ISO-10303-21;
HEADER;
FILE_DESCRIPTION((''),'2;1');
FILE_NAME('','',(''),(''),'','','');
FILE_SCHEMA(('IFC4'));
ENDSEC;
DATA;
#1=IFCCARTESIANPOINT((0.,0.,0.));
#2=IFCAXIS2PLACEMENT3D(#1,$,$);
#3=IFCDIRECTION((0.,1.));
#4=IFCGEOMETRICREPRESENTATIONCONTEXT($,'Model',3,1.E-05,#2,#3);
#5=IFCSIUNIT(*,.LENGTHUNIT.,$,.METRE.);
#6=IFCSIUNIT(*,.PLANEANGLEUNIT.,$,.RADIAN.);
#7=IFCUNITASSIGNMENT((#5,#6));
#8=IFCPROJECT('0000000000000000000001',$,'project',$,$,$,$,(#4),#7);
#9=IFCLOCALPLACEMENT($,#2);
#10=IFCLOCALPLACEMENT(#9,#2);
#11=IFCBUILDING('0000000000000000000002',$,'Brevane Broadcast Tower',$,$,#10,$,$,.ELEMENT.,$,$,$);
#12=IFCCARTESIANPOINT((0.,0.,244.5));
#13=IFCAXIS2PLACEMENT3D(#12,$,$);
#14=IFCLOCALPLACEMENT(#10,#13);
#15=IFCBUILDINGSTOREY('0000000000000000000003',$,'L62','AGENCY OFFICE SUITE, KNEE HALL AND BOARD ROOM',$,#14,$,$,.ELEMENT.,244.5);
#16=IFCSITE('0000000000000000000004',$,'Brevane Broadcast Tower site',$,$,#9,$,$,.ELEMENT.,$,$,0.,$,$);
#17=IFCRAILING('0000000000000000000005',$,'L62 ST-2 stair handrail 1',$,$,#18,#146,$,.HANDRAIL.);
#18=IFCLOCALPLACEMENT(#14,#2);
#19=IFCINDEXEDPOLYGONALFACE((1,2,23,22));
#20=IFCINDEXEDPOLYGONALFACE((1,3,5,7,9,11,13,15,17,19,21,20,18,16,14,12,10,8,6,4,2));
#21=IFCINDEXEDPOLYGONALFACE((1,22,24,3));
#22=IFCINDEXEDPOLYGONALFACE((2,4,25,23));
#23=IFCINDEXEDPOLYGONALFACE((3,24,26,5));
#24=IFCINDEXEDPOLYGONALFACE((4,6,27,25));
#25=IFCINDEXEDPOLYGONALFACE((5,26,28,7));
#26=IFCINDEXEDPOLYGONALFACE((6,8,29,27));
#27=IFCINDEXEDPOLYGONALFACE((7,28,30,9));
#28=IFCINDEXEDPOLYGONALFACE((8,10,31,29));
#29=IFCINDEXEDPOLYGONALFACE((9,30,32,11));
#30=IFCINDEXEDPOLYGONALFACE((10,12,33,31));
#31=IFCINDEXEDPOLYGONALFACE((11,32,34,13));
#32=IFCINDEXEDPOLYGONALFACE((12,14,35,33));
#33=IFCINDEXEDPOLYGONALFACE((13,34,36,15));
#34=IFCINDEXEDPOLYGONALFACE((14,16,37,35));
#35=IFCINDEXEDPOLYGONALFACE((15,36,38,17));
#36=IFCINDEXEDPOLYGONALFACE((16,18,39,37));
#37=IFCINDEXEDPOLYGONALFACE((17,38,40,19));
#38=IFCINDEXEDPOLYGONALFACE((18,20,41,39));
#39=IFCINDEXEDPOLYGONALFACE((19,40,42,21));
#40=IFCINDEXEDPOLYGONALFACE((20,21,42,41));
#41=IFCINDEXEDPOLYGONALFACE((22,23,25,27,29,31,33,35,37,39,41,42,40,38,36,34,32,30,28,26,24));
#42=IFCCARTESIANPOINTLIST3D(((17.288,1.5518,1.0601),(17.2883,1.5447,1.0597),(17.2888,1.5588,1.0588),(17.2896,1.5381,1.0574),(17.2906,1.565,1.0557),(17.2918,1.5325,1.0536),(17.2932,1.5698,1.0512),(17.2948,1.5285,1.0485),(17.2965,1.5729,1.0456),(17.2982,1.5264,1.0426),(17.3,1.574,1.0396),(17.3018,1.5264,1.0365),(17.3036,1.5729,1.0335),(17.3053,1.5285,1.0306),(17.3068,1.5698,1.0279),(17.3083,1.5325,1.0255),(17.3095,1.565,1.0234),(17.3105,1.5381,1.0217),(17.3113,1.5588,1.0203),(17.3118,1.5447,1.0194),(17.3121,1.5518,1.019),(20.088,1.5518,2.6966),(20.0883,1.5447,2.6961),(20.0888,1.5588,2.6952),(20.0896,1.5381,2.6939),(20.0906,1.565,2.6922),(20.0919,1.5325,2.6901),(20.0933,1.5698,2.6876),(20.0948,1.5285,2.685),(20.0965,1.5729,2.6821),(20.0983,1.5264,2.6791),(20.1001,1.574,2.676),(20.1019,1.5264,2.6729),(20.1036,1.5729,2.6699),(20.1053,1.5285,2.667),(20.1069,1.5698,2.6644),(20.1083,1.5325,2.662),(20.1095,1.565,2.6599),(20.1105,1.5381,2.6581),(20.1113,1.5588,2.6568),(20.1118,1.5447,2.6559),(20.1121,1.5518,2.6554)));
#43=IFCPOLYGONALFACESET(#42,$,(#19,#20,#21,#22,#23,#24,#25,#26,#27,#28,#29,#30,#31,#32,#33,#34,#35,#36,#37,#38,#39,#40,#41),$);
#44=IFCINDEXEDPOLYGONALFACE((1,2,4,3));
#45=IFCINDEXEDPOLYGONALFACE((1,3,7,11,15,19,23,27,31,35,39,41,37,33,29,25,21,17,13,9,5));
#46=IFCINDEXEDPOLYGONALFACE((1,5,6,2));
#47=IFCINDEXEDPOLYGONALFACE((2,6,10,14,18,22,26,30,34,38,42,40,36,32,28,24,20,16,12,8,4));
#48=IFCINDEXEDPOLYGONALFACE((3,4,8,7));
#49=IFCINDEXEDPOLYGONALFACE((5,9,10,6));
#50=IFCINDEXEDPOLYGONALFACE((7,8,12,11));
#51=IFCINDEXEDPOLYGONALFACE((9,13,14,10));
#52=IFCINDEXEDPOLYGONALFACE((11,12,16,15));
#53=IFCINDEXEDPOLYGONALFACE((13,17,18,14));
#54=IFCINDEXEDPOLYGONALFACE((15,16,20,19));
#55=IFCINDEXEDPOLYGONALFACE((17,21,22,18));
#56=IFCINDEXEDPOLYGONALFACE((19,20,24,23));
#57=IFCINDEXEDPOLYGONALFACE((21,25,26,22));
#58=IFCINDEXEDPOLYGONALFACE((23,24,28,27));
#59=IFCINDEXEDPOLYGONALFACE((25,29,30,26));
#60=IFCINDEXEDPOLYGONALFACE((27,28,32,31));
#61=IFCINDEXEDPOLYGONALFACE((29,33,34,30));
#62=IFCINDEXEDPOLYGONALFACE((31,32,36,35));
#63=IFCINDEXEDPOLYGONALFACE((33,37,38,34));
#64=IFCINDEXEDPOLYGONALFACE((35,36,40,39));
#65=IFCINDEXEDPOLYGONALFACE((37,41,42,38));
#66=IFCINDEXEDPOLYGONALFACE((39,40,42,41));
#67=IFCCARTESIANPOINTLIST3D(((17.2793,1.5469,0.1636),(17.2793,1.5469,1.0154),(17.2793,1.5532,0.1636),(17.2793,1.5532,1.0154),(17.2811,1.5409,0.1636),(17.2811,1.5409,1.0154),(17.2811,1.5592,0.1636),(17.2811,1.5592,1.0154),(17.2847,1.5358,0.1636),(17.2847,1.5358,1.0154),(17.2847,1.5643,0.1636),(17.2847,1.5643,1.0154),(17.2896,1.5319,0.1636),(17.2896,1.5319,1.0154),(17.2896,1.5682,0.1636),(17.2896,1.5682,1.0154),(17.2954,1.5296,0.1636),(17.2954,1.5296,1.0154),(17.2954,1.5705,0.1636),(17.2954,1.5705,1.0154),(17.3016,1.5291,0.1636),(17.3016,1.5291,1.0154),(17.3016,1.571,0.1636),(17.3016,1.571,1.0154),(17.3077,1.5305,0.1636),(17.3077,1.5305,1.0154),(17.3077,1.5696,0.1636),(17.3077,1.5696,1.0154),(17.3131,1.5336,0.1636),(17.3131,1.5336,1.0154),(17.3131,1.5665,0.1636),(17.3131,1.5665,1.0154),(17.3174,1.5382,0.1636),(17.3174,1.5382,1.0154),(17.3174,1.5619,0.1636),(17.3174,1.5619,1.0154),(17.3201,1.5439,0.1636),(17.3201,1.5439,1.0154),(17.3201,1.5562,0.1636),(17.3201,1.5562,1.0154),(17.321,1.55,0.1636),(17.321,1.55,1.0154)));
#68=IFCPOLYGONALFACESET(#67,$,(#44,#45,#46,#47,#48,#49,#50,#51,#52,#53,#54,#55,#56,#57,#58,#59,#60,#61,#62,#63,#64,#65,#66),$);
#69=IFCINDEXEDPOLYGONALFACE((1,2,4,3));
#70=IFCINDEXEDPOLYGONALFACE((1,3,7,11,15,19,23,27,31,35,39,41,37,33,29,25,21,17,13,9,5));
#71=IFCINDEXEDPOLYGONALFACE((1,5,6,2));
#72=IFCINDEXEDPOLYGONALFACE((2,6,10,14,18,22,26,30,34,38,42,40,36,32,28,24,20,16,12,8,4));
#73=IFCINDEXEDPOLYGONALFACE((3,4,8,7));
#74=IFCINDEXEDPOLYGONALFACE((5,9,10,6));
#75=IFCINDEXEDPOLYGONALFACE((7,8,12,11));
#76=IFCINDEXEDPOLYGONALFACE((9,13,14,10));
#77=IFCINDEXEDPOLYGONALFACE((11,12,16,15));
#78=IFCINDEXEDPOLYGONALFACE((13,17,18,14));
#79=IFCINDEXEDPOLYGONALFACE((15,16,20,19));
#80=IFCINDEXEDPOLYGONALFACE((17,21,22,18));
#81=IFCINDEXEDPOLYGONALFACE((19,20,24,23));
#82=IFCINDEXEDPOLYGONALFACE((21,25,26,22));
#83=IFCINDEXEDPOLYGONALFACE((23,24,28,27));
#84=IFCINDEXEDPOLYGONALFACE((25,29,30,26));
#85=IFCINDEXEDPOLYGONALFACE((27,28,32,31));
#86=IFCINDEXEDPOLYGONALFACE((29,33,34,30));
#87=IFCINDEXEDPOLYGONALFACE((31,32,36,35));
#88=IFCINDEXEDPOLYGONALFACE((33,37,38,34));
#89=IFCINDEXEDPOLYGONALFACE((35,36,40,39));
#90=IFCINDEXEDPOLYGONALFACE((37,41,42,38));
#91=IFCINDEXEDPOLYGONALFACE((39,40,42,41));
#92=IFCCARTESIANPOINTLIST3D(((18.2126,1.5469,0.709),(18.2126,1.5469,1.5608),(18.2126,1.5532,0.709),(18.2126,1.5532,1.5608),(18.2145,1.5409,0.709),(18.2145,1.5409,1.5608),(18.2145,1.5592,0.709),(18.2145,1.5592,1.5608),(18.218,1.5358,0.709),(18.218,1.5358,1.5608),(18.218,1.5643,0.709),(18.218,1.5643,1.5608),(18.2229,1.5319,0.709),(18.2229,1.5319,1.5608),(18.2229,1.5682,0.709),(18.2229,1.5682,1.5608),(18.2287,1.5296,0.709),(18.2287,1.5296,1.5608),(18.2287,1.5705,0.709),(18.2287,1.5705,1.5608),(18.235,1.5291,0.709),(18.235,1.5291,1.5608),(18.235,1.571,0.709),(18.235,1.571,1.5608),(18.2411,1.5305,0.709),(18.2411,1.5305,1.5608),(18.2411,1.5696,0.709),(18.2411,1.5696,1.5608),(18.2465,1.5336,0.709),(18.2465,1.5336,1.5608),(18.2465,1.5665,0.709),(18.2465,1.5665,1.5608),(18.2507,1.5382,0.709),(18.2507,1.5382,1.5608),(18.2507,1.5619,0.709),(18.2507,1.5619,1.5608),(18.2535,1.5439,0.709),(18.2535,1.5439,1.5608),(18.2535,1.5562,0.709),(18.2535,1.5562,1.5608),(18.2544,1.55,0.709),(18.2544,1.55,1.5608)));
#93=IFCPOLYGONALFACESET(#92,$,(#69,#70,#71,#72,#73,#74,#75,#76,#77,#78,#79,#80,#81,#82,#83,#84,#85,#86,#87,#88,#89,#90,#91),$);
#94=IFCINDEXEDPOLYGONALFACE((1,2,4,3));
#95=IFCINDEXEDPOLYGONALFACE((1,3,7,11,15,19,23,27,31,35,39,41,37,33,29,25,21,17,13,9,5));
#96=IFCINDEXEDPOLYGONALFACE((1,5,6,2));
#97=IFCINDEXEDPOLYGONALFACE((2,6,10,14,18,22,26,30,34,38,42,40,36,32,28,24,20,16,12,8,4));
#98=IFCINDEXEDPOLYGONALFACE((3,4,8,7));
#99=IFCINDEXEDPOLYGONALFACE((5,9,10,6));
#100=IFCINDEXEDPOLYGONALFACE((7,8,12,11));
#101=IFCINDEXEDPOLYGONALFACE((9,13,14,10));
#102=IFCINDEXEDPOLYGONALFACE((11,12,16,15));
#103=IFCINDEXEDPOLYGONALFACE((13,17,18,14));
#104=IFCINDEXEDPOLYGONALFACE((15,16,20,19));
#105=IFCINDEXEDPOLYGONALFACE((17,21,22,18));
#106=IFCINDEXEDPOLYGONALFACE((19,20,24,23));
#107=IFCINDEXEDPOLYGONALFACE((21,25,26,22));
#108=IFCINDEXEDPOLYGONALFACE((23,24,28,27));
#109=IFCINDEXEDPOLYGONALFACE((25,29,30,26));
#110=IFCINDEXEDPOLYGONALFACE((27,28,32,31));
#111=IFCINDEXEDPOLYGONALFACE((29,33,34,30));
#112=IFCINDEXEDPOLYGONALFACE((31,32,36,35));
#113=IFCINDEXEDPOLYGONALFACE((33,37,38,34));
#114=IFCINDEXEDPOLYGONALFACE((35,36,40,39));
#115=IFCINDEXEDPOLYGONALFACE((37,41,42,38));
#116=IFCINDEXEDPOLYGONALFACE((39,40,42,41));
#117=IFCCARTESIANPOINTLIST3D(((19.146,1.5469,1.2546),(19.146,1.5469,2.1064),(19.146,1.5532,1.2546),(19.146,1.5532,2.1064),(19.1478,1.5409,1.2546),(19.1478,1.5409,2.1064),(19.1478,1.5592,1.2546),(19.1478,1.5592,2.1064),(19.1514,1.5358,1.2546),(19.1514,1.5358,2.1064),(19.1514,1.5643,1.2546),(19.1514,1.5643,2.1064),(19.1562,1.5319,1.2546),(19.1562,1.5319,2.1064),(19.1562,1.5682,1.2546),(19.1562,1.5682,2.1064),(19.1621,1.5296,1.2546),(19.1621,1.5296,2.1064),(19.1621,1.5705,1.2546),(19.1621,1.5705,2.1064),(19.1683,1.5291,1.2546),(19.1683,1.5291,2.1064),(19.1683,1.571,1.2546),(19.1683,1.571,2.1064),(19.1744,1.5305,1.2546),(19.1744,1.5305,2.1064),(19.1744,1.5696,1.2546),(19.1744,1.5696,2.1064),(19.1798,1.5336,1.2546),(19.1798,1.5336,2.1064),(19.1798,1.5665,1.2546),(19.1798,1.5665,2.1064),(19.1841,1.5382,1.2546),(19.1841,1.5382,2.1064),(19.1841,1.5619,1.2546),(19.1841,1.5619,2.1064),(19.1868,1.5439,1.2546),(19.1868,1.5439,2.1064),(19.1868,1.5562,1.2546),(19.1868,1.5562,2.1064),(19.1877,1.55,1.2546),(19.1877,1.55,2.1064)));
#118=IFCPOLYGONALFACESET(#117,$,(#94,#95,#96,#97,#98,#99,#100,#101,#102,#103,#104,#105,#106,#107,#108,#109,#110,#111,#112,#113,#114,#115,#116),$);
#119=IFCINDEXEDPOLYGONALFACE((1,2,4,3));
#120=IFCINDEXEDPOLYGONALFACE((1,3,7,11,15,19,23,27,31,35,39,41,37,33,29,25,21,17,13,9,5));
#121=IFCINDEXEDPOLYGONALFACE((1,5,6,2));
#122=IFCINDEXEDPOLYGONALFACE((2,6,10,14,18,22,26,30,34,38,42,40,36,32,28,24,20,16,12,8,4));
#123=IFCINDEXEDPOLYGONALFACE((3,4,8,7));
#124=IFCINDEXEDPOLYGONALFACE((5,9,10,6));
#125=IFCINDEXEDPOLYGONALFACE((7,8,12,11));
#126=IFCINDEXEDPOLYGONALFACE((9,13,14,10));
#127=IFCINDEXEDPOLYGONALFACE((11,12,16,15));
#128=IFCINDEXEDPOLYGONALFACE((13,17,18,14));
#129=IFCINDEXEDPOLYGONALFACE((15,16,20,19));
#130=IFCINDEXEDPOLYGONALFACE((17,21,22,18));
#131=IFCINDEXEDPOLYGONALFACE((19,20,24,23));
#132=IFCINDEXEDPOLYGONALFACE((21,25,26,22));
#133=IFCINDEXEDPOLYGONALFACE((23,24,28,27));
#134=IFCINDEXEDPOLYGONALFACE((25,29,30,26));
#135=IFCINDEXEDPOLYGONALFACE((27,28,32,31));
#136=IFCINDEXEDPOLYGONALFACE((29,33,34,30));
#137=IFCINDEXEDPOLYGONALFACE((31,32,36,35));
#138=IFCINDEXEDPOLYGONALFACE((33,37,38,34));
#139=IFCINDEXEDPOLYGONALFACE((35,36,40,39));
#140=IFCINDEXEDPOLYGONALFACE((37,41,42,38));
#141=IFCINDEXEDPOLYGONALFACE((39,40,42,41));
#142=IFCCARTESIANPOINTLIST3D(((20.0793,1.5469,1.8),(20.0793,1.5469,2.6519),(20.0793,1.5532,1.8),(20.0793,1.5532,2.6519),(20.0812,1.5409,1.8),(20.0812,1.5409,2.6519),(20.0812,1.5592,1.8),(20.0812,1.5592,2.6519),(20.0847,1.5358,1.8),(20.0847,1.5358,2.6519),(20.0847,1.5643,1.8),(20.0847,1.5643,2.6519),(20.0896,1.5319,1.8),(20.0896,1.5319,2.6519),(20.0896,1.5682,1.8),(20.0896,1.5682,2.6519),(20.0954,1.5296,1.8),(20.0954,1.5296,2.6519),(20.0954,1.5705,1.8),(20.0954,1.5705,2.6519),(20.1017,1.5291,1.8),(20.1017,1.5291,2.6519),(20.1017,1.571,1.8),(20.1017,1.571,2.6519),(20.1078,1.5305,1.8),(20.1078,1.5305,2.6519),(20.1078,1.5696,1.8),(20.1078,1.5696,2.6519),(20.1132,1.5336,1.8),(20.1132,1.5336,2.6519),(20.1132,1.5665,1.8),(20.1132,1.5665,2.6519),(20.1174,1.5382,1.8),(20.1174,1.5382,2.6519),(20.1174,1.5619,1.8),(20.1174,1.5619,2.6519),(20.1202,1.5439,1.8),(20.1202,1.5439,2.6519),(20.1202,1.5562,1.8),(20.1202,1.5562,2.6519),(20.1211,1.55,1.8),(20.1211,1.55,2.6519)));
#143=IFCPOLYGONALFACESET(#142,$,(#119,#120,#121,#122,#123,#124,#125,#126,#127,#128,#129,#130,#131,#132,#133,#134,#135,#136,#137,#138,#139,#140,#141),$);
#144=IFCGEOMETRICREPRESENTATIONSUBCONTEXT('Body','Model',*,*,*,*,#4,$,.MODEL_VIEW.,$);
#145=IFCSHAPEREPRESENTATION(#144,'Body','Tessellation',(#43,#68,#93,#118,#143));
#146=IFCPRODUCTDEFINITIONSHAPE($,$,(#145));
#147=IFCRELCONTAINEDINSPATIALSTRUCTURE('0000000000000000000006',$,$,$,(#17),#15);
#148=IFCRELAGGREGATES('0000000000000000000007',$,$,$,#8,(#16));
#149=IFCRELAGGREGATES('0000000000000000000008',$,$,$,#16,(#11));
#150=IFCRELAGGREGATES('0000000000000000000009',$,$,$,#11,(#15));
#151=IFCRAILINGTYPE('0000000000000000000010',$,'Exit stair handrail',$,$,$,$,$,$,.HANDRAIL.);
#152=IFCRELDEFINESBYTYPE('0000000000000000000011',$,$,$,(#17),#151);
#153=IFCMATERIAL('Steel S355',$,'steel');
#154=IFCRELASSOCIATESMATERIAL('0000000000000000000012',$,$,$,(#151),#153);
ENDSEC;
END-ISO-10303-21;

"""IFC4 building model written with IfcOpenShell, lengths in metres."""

from ifc_helpers import new_model, si_unit, direction, frame, origin, origin_2d, place, context, subcontext, project, spatial, circle, extrude, material, type_object, element, save


model = new_model("IFC4")

# Units and contexts
model_context = context("Model", 3, precision=1e-05, world=origin(), true_north=direction((0.0, 1.0)))
body_context = subcontext(model_context, "Body", "Model", "MODEL_VIEW")
ifc_project = project(units=[si_unit("LENGTHUNIT", "METRE"), si_unit("PLANEANGLEUNIT", "RADIAN")], contexts=[model_context])

# Site, building, storey
site_placement = place(None, origin())
site = spatial("IfcSite", under=ifc_project, at=site_placement, Name="Brevane Broadcast Tower site", CompositionType="ELEMENT", RefElevation=0.0)
building_placement = place(site_placement, origin())
building = spatial("IfcBuilding", under=site, at=building_placement, Name="Brevane Broadcast Tower", CompositionType="ELEMENT")
storey_placement = place(building_placement, frame((0.0, 0.0, 244.5)))
storey = spatial("IfcBuildingStorey", under=building, at=storey_placement, Name="L62", Description="AGENCY OFFICE SUITE, KNEE HALL AND BOARD ROOM", CompositionType="ELEMENT", Elevation=244.5)

# Railing
ifc_material_1 = material(Name="Steel S355", Category="steel")
railing_type_1 = type_object("IfcRailingType", Name="Exit stair handrail", PredefinedType="HANDRAIL", material=ifc_material_1)
railing_1_placement = place(storey_placement, frame((17.3, 1.55, 0.1636)))
element("IfcRailing", 1, at=railing_1_placement, inside=storey, type_object=railing_type_1, Name="L62 ST-2 stair handrail 1", PredefinedType="HANDRAIL", context=body_context, shape_type="SweptSolid", body=[
    extrude(circle(Radius=0.0239, at=origin_2d()), frame((0.0, 0.0, 0.876), z_axis=(0.863361, 0.0, 0.504587), x_axis=(0.0, 1.0, 0.0)), (0.0, 0.0, 1.0), 3.2432),
    extrude(circle(Radius=0.021, at=origin_2d()), origin(), (0.0, 0.0, 1.0), 0.8518),
    extrude(circle(Radius=0.021, at=origin_2d()), frame((0.9333, 0.0, 0.5454)), (0.0, 0.0, 1.0), 0.8518),
    extrude(circle(Radius=0.021, at=origin_2d()), frame((1.8667, 0.0, 1.0911)), (0.0, 0.0, 1.0), 0.8518),
    extrude(circle(Radius=0.021, at=origin_2d()), frame((2.8, 0.0, 1.6365)), (0.0, 0.0, 1.0), 0.8518),
])

save(model, "model.ifc")
